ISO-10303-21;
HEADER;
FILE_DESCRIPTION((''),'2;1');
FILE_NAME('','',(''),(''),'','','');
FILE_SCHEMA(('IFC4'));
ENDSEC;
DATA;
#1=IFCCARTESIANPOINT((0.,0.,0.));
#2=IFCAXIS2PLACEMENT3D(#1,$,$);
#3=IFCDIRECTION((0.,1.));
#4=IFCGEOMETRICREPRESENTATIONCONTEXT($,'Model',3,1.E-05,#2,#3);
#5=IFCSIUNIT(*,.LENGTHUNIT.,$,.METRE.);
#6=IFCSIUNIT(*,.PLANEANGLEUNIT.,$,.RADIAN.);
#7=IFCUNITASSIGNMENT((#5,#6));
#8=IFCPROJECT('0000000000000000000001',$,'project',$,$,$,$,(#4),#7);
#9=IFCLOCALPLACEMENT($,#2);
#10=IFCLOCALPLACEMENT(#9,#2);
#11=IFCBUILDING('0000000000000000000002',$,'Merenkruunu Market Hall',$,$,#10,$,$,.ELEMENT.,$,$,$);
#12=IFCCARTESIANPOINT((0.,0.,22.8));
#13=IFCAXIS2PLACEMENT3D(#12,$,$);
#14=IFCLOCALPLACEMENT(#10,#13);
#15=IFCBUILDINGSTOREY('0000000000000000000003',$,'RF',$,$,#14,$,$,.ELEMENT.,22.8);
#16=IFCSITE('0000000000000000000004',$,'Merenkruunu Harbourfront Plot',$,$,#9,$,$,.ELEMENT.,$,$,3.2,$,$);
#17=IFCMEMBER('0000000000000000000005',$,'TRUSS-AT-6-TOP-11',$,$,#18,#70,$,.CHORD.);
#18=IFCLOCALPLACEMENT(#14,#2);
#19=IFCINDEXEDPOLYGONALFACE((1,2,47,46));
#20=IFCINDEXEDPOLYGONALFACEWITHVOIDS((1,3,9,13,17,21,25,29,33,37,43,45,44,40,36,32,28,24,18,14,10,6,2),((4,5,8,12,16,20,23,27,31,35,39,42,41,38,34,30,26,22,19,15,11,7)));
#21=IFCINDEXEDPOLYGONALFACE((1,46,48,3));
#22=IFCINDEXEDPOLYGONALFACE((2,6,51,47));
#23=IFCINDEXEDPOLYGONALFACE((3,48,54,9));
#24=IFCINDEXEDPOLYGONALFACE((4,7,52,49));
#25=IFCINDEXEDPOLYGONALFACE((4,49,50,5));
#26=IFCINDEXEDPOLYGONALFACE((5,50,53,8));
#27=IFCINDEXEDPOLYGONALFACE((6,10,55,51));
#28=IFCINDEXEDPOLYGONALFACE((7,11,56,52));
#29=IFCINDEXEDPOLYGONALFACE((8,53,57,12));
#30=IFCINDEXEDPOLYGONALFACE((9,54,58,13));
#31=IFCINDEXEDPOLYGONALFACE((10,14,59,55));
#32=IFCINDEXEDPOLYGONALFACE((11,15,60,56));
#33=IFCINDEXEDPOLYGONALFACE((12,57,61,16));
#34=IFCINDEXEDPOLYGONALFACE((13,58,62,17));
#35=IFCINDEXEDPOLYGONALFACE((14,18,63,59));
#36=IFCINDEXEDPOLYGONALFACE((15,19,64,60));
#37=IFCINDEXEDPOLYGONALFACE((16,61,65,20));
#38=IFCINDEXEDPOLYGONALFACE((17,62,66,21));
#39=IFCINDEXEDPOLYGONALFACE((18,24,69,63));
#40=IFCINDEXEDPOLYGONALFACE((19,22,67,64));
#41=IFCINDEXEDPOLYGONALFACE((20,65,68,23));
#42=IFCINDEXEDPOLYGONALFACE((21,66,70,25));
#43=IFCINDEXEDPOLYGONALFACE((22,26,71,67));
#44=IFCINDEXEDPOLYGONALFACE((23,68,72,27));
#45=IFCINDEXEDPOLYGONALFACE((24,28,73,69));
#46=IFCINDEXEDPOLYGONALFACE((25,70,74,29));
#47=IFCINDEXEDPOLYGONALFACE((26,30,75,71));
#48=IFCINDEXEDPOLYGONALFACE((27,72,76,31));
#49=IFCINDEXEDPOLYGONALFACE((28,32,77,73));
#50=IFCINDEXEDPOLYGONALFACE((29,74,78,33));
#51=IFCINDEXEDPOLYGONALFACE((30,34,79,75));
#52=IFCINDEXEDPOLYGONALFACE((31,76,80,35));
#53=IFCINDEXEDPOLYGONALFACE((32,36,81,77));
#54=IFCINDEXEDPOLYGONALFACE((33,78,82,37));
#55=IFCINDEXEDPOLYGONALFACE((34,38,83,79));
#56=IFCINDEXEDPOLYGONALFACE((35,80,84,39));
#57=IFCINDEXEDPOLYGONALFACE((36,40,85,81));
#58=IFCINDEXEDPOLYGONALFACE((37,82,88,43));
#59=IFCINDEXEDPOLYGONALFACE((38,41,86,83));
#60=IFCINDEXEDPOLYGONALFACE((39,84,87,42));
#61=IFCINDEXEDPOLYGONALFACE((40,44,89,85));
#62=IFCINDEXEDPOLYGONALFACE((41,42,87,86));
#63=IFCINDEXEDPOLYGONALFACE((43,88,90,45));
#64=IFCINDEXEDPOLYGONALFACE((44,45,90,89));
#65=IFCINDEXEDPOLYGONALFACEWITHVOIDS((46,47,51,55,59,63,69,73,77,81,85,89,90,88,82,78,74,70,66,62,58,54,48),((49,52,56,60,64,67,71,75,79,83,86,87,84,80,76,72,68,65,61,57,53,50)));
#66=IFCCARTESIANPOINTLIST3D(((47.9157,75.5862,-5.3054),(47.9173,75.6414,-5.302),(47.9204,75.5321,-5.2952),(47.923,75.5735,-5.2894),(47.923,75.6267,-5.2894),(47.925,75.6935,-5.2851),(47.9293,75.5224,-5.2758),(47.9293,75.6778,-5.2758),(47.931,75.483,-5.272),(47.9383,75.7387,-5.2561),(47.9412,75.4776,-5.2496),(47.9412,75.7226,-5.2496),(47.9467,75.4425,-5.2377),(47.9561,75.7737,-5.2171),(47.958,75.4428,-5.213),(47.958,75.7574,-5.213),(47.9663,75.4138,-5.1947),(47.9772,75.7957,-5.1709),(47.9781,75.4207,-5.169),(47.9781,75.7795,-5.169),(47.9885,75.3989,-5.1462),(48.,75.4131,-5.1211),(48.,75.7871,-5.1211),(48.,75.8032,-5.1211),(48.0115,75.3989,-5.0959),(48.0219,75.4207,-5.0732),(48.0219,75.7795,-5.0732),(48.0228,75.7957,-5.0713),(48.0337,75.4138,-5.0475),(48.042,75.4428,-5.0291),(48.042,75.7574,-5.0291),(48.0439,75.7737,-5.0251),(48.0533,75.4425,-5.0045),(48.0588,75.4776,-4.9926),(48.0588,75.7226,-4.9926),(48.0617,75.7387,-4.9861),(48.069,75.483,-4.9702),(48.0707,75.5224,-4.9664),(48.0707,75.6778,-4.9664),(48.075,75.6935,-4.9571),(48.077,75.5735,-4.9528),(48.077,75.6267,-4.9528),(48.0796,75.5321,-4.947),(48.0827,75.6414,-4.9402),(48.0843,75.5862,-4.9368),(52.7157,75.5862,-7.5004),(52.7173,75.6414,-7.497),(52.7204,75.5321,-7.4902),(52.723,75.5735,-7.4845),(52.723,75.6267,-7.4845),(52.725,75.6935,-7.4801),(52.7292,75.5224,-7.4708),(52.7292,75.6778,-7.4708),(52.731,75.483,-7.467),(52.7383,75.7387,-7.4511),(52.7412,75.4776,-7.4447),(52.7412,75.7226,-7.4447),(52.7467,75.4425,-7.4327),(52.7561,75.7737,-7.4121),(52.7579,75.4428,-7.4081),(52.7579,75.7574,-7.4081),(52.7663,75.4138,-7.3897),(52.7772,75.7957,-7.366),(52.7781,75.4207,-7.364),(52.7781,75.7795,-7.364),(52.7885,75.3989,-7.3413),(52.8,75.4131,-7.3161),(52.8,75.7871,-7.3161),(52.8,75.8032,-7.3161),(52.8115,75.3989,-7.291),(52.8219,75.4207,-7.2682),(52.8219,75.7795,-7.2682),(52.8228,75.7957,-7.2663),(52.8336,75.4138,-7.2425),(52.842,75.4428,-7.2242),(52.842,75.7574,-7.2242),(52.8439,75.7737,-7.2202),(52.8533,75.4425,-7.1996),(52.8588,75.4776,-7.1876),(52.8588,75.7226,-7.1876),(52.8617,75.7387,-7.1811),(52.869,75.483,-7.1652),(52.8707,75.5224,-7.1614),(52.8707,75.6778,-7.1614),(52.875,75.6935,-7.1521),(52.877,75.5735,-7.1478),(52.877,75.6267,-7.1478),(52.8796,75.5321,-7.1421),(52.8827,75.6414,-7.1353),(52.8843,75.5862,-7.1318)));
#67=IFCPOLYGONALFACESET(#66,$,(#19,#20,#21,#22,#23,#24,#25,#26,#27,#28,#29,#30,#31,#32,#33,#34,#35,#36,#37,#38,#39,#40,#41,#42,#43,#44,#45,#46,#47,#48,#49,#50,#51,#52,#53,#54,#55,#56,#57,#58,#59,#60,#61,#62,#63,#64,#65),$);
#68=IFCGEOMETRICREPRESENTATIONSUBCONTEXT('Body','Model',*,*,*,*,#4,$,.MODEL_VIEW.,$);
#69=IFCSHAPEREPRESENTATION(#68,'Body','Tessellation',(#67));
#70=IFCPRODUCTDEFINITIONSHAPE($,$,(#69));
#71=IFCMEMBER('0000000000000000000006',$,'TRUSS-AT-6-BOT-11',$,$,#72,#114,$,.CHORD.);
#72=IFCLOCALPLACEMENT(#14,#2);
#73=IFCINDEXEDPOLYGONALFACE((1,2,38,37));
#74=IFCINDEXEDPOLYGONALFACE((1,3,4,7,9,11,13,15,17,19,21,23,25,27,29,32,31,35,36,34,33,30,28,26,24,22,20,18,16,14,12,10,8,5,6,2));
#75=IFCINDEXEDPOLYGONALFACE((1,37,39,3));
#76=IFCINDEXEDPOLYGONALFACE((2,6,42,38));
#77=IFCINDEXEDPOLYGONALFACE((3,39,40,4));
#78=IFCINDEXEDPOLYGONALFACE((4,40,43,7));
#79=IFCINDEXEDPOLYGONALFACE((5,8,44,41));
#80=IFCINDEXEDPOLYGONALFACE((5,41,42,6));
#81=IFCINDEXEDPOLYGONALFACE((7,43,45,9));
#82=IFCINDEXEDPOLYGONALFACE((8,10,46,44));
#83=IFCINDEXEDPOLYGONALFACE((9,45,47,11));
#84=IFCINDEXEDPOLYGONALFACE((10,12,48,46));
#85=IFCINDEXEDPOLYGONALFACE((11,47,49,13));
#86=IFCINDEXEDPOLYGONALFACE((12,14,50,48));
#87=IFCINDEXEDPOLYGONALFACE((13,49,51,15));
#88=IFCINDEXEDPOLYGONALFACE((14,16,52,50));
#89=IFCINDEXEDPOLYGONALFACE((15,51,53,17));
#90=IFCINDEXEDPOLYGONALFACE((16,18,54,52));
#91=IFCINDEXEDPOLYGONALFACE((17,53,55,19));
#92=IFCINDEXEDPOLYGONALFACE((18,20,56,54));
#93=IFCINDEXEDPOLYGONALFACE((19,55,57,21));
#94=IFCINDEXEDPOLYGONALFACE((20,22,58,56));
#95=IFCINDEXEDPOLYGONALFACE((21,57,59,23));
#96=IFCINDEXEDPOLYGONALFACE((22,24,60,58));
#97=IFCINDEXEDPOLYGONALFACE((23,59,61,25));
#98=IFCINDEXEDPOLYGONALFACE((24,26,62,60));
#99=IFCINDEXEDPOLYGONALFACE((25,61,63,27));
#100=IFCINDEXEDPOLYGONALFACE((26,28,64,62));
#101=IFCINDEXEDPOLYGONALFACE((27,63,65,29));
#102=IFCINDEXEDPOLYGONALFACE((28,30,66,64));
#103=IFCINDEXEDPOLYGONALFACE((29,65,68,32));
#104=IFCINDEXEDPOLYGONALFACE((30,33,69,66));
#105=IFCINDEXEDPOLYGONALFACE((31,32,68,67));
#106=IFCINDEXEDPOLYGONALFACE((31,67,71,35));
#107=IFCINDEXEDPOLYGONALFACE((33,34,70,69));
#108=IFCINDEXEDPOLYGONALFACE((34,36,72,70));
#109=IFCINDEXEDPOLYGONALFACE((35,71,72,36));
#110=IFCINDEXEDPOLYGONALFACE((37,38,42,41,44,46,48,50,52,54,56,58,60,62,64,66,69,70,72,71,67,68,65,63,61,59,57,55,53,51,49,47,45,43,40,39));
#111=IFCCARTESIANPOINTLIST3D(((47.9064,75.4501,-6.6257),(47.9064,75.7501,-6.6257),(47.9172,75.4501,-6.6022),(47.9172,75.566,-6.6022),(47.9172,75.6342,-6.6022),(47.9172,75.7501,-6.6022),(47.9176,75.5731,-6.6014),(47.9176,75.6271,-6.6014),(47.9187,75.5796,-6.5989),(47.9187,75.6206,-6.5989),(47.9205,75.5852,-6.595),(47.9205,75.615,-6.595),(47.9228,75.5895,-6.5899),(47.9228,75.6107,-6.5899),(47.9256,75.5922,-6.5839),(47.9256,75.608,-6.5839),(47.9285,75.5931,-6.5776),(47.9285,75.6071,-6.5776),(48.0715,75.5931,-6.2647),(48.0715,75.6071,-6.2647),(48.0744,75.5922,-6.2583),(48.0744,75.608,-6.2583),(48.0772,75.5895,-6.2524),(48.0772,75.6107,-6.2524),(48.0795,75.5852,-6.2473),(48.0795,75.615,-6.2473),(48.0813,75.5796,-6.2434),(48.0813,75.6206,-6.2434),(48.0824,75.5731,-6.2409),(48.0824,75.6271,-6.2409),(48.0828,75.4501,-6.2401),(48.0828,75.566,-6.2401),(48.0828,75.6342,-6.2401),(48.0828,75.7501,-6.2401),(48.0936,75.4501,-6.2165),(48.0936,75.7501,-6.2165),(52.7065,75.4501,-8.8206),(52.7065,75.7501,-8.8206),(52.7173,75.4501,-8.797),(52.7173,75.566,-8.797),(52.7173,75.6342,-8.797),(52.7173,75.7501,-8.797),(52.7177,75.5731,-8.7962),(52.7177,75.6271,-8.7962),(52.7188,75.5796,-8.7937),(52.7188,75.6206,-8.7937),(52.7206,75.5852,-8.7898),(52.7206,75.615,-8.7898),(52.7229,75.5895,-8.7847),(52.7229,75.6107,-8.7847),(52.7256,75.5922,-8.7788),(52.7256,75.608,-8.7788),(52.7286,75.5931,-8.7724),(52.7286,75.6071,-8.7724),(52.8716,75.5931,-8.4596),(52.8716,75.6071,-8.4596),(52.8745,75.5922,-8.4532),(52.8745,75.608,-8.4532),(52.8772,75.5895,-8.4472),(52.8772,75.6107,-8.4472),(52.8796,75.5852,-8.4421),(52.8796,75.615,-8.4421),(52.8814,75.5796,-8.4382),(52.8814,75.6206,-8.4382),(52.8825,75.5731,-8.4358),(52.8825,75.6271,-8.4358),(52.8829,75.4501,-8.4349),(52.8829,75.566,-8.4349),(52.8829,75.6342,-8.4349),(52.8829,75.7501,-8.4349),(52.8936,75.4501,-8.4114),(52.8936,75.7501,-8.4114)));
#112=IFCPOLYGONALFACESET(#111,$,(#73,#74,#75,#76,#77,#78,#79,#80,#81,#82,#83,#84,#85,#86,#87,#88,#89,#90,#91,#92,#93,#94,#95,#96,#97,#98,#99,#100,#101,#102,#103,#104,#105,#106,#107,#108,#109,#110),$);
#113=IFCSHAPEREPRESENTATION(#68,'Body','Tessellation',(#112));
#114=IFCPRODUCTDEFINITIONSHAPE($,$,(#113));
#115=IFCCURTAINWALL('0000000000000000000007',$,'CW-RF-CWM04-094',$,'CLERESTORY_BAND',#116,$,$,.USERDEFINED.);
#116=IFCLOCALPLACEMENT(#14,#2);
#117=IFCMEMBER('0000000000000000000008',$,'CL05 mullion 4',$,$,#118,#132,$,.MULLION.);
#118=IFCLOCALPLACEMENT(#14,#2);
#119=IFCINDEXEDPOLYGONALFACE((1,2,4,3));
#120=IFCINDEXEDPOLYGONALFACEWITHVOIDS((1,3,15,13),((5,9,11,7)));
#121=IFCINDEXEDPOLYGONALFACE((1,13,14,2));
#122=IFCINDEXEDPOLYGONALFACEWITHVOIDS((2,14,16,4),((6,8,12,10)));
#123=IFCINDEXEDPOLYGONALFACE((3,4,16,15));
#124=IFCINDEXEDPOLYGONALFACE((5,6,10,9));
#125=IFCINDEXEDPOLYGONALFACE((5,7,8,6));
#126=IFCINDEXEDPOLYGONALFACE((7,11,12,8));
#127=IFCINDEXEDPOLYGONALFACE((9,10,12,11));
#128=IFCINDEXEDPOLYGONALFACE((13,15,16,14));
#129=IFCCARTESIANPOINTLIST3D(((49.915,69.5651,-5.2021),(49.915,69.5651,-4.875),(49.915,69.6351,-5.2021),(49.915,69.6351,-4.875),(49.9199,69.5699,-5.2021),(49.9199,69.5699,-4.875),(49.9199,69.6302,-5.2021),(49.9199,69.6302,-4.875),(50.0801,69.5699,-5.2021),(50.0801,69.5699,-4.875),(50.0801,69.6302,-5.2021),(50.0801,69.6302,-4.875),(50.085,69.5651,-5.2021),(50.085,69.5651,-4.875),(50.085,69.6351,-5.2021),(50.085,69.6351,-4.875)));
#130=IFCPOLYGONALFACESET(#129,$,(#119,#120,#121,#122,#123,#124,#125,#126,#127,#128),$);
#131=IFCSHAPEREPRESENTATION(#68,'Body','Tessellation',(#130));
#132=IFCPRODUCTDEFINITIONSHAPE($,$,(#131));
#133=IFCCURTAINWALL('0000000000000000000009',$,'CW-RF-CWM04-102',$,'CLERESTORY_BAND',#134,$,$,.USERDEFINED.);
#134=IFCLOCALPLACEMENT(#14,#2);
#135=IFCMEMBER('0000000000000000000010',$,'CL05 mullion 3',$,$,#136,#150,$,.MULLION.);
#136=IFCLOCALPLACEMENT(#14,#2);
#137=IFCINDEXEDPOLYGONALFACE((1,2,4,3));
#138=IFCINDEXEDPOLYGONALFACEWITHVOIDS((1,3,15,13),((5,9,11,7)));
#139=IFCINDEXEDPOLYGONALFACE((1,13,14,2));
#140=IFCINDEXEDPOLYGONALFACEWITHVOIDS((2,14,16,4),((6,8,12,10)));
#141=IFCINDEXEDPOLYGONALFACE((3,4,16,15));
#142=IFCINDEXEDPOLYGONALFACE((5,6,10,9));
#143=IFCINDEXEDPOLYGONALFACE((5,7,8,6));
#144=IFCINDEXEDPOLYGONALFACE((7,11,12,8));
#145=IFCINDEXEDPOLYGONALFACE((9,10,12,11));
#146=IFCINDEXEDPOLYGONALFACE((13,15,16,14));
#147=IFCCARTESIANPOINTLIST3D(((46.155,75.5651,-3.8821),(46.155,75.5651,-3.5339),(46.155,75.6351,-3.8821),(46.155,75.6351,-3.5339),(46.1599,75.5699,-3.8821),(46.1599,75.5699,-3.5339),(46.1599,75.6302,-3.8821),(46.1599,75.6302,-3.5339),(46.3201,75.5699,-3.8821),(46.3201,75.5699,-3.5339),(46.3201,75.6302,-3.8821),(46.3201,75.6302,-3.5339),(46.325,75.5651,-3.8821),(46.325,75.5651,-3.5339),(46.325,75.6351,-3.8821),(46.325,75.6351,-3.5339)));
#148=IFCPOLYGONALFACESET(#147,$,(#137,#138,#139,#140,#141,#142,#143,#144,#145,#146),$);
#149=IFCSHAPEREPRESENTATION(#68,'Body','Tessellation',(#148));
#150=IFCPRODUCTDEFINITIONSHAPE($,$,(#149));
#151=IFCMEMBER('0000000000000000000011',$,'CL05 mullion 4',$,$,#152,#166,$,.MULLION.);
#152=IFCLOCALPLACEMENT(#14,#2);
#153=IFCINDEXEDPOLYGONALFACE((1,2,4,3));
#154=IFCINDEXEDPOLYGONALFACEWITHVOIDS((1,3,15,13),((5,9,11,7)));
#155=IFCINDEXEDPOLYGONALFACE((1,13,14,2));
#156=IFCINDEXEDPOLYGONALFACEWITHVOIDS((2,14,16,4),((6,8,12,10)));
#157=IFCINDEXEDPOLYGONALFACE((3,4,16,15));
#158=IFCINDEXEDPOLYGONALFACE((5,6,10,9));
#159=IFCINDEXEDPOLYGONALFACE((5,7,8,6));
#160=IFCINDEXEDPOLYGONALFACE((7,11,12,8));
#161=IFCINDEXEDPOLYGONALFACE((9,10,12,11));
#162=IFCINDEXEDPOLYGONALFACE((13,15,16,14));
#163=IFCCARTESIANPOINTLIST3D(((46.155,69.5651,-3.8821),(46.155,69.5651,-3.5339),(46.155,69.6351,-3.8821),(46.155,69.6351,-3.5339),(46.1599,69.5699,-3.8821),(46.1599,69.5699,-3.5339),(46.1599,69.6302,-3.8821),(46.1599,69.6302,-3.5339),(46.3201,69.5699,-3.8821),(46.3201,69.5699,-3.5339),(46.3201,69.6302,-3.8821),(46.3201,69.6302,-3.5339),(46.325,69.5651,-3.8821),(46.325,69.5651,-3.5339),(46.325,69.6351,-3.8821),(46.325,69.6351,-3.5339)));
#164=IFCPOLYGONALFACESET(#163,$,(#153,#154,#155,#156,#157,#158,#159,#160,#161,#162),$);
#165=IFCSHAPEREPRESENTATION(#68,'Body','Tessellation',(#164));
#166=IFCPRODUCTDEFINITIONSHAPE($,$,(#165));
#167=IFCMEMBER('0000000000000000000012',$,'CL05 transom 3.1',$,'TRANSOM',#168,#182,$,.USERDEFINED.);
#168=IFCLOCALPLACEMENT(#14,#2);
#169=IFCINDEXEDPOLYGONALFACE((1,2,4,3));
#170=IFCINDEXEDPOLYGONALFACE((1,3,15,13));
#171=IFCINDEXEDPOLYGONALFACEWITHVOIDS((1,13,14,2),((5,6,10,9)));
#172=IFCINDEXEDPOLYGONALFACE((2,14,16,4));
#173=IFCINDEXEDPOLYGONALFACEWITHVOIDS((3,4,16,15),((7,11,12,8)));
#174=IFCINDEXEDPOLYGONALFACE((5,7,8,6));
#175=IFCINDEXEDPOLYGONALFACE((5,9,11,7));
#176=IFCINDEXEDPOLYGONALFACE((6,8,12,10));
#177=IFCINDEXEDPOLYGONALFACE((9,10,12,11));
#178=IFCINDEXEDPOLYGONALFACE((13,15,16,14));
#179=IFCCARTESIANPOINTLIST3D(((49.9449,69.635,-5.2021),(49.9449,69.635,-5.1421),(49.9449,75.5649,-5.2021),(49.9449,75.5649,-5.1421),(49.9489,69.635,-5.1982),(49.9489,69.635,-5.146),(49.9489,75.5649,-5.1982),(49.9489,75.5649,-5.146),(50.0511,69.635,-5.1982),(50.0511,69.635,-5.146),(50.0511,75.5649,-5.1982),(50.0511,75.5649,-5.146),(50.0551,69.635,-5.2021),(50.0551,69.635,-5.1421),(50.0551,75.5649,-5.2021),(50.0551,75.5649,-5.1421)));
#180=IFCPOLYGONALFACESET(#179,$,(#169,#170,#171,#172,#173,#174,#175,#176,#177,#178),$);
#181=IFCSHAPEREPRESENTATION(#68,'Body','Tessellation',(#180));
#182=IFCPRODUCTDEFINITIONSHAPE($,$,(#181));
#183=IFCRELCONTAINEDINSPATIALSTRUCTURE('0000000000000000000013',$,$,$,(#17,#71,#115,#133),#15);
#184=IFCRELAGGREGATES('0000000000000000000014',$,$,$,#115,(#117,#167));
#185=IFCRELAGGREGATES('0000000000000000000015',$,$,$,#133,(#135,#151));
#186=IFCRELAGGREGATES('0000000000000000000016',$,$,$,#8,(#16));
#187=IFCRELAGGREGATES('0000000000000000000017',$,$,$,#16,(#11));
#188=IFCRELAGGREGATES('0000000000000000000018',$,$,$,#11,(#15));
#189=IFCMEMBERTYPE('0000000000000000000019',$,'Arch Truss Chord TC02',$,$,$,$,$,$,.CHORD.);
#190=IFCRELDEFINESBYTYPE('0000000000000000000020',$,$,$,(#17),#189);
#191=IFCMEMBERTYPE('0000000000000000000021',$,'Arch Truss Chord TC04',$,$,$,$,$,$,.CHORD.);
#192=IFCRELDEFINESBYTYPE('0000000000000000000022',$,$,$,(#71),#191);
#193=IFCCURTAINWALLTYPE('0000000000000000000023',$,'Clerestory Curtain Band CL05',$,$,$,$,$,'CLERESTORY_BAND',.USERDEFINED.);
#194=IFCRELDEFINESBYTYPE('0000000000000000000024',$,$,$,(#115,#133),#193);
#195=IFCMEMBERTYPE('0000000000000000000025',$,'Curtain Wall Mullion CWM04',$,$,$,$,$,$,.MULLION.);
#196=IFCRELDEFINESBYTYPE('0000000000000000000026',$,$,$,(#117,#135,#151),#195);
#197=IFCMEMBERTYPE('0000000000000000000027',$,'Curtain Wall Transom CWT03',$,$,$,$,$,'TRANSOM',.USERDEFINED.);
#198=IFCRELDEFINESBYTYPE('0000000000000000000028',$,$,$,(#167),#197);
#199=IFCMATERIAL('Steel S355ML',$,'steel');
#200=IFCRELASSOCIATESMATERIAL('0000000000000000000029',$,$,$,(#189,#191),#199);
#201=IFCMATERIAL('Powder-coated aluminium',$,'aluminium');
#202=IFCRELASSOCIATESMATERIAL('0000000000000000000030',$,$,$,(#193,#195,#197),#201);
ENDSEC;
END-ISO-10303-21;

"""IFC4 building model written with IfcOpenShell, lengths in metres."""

from ifc_helpers import new_model, si_unit, direction, frame, origin, origin_2d, place, context, subcontext, project, spatial, hollow_rectangle, hollow_circle, i_section, extrude, material, material_profile, profile_set, type_object, element, aggregate, save


model = new_model("IFC4")

# Units and contexts
model_context = context("Model", 3, precision=1e-05, world=origin(), true_north=direction((0.0, 1.0)))
body_context = subcontext(model_context, "Body", "Model", "MODEL_VIEW")
ifc_project = project(units=[si_unit("LENGTHUNIT", "METRE"), si_unit("PLANEANGLEUNIT", "RADIAN")], contexts=[model_context])

# Site, building, storey
site_placement = place(None, origin())
site = spatial("IfcSite", under=ifc_project, at=site_placement, Name="Merenkruunu Harbourfront Plot", CompositionType="ELEMENT", RefElevation=3.2)
building_placement = place(site_placement, origin())
building = spatial("IfcBuilding", under=site, at=building_placement, Name="Merenkruunu Market Hall", CompositionType="ELEMENT")
storey_placement = place(building_placement, frame((0.0, 0.0, 22.8)))
storey = spatial("IfcBuildingStorey", under=building, at=storey_placement, Name="RF", CompositionType="ELEMENT", Elevation=22.8)

# Members
ifc_material_1 = material(Name="Steel S355ML", Category="steel")
ifc_material_profile_1 = material_profile(ifc_material_1, hollow_circle(Radius=0.2031, WallThickness=0.0161, at=origin_2d()), Name="CHS 406.4x16")
ifc_profile_set_1 = profile_set([ifc_material_profile_1], Name="Steel S355ML")
member_type_1 = type_object("IfcMemberType", Name="Arch Truss Chord TC02", PredefinedType="CHORD", material=ifc_profile_set_1)
member_1_placement = place(storey_placement, frame((48.0, 75.6001, -5.1211), z_axis=(0.90942, 0.0, -0.415879), x_axis=(0.0, 1.0, 0.0)))
element("IfcMember", 1, at=member_1_placement, inside=storey, type_object=member_type_1, Name="TRUSS-AT-6-TOP-11", PredefinedType="CHORD", context=body_context, shape_type="SweptSolid", body=[
    extrude(hollow_circle(Radius=0.2031, WallThickness=0.0161, at=origin_2d()), origin(), (0.0, 0.0, 1.0), 5.2781),
])
ifc_material_profile_2 = material_profile(ifc_material_1, i_section(OverallWidth=0.3, OverallDepth=0.45, WebThickness=0.0139, FlangeThickness=0.0259, FilletRadius=0.0271, at=origin_2d()), Name="HEB 450")
ifc_profile_set_2 = profile_set([ifc_material_profile_2], Name="Steel S355ML")
member_type_2 = type_object("IfcMemberType", Name="Arch Truss Chord TC04", PredefinedType="CHORD", material=ifc_profile_set_2)
member_2_placement = place(storey_placement, frame((48.0, 75.6001, -6.4211), z_axis=(0.909437, 0.0, -0.415841), x_axis=(0.0, 1.0, 0.0)))
element("IfcMember", 2, at=member_2_placement, inside=storey, type_object=member_type_2, Name="TRUSS-AT-6-BOT-11", PredefinedType="CHORD", context=body_context, shape_type="SweptSolid", body=[
    extrude(i_section(OverallWidth=0.3, OverallDepth=0.45, WebThickness=0.0139, FlangeThickness=0.0259, FilletRadius=0.0271, at=origin_2d()), origin(), (0.0, 0.0, 1.0), 5.2781),
])

# Curtain wall, member
ifc_material_2 = material(Name="Powder-coated aluminium", Category="aluminium")
curtain_wall_type = type_object("IfcCurtainWallType", Name="Clerestory Curtain Band CL05", ElementType="CLERESTORY_BAND", PredefinedType="USERDEFINED", material=ifc_material_2)
curtain_wall_1_placement = place(storey_placement, origin())
curtain_wall_1 = element("IfcCurtainWall", 3, at=curtain_wall_1_placement, inside=storey, type_object=curtain_wall_type, Name="CW-RF-CWM04-094", ObjectType="CLERESTORY_BAND", PredefinedType="USERDEFINED")
ifc_material_profile_3 = material_profile(ifc_material_2, hollow_rectangle(XDim=0.0701, YDim=0.1699, WallThickness=0.0049, at=origin_2d()), Name="ALU 70x170x5")
ifc_profile_set_3 = profile_set([ifc_material_profile_3], Name="Powder-coated aluminium")
member_type_3 = type_object("IfcMemberType", Name="Curtain Wall Mullion CWM04", PredefinedType="MULLION", material=ifc_profile_set_3)
member_3_placement = place(storey_placement, frame((50.0, 69.6001, -5.2021), z_axis=(0.0, 0.0, 1.0), x_axis=(0.0, -1.0, 0.0)))
member_3 = element("IfcMember", 4, at=member_3_placement, type_object=member_type_3, Name="CL05 mullion 4", PredefinedType="MULLION", context=body_context, shape_type="SweptSolid", body=[
    extrude(hollow_rectangle(XDim=0.0701, YDim=0.1699, WallThickness=0.0049, at=origin_2d()), origin(), (0.0, 0.0, 1.0), 0.3271),
])

# Curtain wall, members
curtain_wall_2_placement = place(storey_placement, origin())
curtain_wall_2 = element("IfcCurtainWall", 5, at=curtain_wall_2_placement, inside=storey, type_object=curtain_wall_type, Name="CW-RF-CWM04-102", ObjectType="CLERESTORY_BAND", PredefinedType="USERDEFINED")
member_4_placement = place(storey_placement, frame((46.24, 75.6001, -3.8821), z_axis=(0.0, 0.0, 1.0), x_axis=(0.0, -1.0, 0.0)))
member_4 = element("IfcMember", 6, at=member_4_placement, type_object=member_type_3, Name="CL05 mullion 3", PredefinedType="MULLION", context=body_context, shape_type="SweptSolid", body=[
    extrude(hollow_rectangle(XDim=0.0701, YDim=0.1699, WallThickness=0.0049, at=origin_2d()), origin(), (0.0, 0.0, 1.0), 0.3481),
])
member_5_placement = place(storey_placement, frame((46.24, 69.6001, -3.8821), z_axis=(0.0, 0.0, 1.0), x_axis=(0.0, -1.0, 0.0)))
member_5 = element("IfcMember", 7, at=member_5_placement, type_object=member_type_3, Name="CL05 mullion 4", PredefinedType="MULLION", context=body_context, shape_type="SweptSolid", body=[
    extrude(hollow_rectangle(XDim=0.0701, YDim=0.1699, WallThickness=0.0049, at=origin_2d()), origin(), (0.0, 0.0, 1.0), 0.3481),
])

# Member
ifc_material_profile_4 = material_profile(ifc_material_2, hollow_rectangle(XDim=0.0601, YDim=0.1101, WallThickness=0.0039, at=origin_2d()), Name="ALU 60x110x4")
ifc_profile_set_4 = profile_set([ifc_material_profile_4], Name="Powder-coated aluminium")
member_type_4 = type_object("IfcMemberType", Name="Curtain Wall Transom CWT03", ElementType="TRANSOM", PredefinedType="USERDEFINED", material=ifc_profile_set_4)
member_6_placement = place(storey_placement, frame((50.0, 75.5649, -5.1721), z_axis=(0.0, -1.0, 0.0), x_axis=(0.0, 0.0, 1.0)))
member_6 = element("IfcMember", 8, at=member_6_placement, type_object=member_type_4, Name="CL05 transom 3.1", ObjectType="TRANSOM", PredefinedType="USERDEFINED", context=body_context, shape_type="SweptSolid", body=[
    extrude(hollow_rectangle(XDim=0.0601, YDim=0.1101, WallThickness=0.0039, at=origin_2d()), origin(), (0.0, 0.0, 1.0), 5.9299),
])

aggregate(curtain_wall_1, [member_3, member_6])
aggregate(curtain_wall_2, [member_4, member_5])

save(model, "model.ifc")
